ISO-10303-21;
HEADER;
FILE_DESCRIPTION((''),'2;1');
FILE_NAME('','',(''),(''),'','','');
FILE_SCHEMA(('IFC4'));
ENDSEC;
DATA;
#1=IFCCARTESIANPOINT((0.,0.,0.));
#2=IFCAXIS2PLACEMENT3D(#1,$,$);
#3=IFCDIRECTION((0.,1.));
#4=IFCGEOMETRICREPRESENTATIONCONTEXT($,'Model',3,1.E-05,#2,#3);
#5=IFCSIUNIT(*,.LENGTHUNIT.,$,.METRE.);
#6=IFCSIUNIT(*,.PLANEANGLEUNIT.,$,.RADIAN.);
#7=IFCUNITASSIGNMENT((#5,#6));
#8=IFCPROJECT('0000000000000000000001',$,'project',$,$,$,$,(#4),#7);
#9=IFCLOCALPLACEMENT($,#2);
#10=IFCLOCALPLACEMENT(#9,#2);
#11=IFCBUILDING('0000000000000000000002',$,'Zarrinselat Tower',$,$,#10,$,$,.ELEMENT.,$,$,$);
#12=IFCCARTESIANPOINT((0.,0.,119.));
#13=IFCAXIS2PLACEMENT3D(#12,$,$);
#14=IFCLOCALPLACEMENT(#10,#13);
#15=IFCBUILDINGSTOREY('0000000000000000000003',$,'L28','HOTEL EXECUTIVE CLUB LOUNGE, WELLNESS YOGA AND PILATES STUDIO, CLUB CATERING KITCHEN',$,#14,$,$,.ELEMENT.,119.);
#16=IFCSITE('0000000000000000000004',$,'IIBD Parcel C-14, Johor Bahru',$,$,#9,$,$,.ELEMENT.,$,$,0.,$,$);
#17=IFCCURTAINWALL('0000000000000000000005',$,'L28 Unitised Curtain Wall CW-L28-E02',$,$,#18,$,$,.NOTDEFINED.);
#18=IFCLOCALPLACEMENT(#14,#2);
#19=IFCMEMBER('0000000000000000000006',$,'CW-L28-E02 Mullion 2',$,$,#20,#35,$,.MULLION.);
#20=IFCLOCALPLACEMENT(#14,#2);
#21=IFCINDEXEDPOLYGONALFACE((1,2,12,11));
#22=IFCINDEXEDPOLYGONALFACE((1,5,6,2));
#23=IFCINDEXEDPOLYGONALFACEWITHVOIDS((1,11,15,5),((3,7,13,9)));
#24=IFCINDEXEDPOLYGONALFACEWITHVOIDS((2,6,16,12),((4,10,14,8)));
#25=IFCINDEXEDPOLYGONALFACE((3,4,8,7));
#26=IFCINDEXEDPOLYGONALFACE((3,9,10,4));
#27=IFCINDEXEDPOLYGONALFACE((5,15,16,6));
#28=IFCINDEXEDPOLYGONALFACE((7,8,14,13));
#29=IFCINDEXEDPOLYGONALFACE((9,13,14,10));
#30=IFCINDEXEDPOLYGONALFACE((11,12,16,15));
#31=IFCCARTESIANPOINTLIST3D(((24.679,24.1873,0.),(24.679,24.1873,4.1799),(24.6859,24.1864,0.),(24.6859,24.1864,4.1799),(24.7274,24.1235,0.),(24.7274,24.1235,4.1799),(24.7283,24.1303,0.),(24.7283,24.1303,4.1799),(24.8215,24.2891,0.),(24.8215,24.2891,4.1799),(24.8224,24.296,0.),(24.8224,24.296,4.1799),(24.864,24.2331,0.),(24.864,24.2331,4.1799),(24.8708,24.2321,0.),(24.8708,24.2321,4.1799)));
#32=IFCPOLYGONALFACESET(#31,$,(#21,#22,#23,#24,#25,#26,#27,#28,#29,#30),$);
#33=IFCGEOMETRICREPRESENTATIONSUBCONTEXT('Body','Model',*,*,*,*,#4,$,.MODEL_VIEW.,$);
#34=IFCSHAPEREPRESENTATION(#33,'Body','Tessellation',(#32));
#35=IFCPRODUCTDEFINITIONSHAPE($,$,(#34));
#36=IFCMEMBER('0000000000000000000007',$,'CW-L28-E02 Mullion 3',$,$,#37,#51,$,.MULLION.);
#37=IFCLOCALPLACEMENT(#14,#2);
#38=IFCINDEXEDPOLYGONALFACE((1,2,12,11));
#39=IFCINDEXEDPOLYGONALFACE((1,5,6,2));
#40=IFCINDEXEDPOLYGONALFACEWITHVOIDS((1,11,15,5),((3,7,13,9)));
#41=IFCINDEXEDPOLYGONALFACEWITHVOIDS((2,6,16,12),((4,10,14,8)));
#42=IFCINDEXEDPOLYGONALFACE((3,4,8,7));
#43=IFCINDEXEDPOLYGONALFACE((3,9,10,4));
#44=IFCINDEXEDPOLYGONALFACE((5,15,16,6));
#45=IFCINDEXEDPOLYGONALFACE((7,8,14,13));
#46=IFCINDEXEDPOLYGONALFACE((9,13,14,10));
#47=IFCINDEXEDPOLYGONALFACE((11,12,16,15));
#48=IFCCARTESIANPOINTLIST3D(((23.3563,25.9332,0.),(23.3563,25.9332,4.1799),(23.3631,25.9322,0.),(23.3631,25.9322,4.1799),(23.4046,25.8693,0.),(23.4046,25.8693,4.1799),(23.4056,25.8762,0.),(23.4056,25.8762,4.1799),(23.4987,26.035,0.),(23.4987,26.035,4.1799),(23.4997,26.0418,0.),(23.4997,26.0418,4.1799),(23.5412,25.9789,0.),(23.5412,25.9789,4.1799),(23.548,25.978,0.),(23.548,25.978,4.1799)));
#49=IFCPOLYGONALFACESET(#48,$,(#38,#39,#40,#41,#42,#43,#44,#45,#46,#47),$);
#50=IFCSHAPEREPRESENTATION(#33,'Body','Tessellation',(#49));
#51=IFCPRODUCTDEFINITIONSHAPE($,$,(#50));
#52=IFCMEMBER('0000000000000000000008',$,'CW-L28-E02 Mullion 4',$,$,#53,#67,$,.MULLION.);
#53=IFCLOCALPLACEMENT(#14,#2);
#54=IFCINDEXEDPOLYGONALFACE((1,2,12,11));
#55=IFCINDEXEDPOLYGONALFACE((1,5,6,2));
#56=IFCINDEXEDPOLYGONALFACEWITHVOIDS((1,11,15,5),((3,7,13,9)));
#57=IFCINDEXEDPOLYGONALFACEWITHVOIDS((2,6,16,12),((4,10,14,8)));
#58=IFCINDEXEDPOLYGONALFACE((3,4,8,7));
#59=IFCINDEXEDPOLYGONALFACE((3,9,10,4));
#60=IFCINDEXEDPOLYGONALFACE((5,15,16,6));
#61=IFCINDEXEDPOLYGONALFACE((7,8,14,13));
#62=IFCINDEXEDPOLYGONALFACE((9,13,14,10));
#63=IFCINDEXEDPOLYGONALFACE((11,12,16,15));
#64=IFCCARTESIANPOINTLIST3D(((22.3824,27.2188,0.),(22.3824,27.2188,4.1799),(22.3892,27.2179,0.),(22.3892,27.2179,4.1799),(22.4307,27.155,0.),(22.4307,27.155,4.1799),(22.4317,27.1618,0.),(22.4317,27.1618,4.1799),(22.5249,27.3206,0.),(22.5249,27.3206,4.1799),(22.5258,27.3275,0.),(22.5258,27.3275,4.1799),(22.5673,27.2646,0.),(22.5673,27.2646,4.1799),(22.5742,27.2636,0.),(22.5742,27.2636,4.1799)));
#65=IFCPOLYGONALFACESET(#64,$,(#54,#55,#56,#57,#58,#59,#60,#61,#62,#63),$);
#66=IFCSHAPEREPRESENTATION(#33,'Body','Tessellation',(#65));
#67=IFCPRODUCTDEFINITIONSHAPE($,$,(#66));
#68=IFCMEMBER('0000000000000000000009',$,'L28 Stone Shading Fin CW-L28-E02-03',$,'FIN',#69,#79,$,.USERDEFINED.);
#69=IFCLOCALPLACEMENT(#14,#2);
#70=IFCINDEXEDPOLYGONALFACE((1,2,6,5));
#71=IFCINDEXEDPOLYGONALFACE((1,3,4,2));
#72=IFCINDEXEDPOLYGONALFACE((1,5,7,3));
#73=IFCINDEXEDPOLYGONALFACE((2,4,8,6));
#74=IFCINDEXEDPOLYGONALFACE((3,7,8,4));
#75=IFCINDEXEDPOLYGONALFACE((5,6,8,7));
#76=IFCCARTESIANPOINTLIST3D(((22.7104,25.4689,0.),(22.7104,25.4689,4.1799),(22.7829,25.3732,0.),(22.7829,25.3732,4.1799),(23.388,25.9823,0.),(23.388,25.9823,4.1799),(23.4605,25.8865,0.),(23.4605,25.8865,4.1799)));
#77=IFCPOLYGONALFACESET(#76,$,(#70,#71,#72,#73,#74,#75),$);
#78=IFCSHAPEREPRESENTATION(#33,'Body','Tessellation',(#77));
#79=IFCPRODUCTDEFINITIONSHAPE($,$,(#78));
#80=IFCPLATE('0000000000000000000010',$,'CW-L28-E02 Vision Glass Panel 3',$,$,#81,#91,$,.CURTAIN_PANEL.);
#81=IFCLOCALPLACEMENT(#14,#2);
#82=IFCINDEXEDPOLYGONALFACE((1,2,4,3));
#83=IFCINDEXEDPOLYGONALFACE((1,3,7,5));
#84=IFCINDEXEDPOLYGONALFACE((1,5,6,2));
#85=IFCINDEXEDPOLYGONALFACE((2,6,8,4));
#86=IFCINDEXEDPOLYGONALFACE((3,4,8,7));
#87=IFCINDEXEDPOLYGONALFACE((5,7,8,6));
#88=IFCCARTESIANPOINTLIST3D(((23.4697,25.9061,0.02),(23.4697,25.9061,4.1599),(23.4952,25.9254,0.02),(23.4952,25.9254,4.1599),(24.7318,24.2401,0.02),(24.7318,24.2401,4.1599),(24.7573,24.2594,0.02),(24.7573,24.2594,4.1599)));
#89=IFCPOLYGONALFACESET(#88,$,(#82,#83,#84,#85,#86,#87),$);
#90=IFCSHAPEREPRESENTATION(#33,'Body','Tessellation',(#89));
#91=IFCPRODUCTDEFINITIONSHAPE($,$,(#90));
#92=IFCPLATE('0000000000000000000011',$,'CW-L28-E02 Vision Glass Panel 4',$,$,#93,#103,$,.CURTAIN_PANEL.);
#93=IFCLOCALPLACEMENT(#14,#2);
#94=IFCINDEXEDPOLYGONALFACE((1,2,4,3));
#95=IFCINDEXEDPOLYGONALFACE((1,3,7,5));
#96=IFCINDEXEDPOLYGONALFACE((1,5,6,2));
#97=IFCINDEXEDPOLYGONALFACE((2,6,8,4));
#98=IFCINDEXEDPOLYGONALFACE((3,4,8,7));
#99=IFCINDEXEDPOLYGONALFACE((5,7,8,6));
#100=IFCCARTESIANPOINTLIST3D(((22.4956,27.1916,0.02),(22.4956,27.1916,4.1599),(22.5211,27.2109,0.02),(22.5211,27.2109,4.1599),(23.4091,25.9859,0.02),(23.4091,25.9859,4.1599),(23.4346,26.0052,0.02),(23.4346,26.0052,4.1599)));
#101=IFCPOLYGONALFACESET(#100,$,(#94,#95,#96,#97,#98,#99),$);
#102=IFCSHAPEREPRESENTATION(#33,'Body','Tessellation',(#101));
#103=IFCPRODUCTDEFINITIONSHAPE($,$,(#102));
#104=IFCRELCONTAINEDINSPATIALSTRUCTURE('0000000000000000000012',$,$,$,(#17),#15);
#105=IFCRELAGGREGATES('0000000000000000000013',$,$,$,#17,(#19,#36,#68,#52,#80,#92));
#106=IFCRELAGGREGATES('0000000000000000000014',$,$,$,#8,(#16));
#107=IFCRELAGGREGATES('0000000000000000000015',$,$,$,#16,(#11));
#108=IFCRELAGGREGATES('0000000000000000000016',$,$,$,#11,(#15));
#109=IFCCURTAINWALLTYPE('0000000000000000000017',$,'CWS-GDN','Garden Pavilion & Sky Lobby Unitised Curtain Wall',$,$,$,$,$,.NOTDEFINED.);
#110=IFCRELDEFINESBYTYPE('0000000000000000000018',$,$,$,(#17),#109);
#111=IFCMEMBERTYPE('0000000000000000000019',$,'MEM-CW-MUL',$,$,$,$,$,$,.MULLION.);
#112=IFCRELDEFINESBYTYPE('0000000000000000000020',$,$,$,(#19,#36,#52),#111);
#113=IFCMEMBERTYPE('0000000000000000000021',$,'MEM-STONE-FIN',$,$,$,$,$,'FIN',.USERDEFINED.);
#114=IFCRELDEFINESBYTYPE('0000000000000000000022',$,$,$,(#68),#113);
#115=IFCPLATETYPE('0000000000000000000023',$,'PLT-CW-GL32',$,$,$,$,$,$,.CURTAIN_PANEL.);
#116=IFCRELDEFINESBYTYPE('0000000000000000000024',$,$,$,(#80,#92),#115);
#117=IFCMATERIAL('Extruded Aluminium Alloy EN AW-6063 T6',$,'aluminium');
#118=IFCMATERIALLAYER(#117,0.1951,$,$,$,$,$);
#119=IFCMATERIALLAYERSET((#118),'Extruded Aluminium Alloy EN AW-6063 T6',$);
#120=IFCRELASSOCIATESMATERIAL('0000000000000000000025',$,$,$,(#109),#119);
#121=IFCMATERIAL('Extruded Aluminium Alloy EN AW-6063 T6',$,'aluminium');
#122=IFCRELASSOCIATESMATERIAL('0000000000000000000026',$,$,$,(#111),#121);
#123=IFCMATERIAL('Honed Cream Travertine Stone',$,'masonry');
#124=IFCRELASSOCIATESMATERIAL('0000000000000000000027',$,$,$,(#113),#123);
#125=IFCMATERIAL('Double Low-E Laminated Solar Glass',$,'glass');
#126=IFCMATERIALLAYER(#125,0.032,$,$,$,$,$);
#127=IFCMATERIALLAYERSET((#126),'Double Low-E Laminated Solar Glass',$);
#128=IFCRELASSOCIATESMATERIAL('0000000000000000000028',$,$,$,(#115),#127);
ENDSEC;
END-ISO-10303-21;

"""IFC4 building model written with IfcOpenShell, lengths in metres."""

from ifc_helpers import new_model, si_unit, direction, frame, origin, origin_2d, place, context, subcontext, project, spatial, rectangle, hollow_rectangle, extrude, material, layer, layer_set, material_profile, profile_set, type_object, element, aggregate, save


model = new_model("IFC4")

# Units and contexts
model_context = context("Model", 3, precision=1e-05, world=origin(), true_north=direction((0.0, 1.0)))
body_context = subcontext(model_context, "Body", "Model", "MODEL_VIEW")
ifc_project = project(units=[si_unit("LENGTHUNIT", "METRE"), si_unit("PLANEANGLEUNIT", "RADIAN")], contexts=[model_context])

# Site, building, storey
site_placement = place(None, origin())
site = spatial("IfcSite", under=ifc_project, at=site_placement, Name="IIBD Parcel C-14, Johor Bahru", CompositionType="ELEMENT", RefElevation=0.0)
building_placement = place(site_placement, origin())
building = spatial("IfcBuilding", under=site, at=building_placement, Name="Zarrinselat Tower", CompositionType="ELEMENT")
storey_placement = place(building_placement, frame((0.0, 0.0, 119.0)))
storey = spatial("IfcBuildingStorey", under=building, at=storey_placement, Name="L28", Description="HOTEL EXECUTIVE CLUB LOUNGE, WELLNESS YOGA AND PILATES STUDIO, CLUB CATERING KITCHEN", CompositionType="ELEMENT", Elevation=119.0)

# Curtain wall, members, plates
ifc_material_1 = material(Name="Extruded Aluminium Alloy EN AW-6063 T6", Category="aluminium")
ifc_layer_1 = layer(ifc_material_1, 0.1951)
ifc_layer_set_1 = layer_set([ifc_layer_1], Name="Extruded Aluminium Alloy EN AW-6063 T6")
curtain_wall_type = type_object("IfcCurtainWallType", Name="CWS-GDN", Description="Garden Pavilion & Sky Lobby Unitised Curtain Wall", PredefinedType="NOTDEFINED", material=ifc_layer_set_1)
curtain_wall_placement = place(storey_placement, origin())
curtain_wall = element("IfcCurtainWall", 1, at=curtain_wall_placement, inside=storey, type_object=curtain_wall_type, Name="L28 Unitised Curtain Wall CW-L28-E02", PredefinedType="NOTDEFINED")
ifc_material_2 = material(Name="Extruded Aluminium Alloy EN AW-6063 T6", Category="aluminium")
ifc_material_profile_1 = material_profile(ifc_material_2, hollow_rectangle(XDim=0.0801, YDim=0.1799, WallThickness=0.0049, at=origin_2d()), Name="RHS 180x80x5")
ifc_profile_set_1 = profile_set([ifc_material_profile_1], Name="Extruded Aluminium Alloy EN AW-6063 T6")
member_type_1 = type_object("IfcMemberType", Name="MEM-CW-MUL", PredefinedType="MULLION", material=ifc_profile_set_1)
member_1_placement = place(storey_placement, frame((24.7749, 24.2097, 0.0), z_axis=(0.0, 0.0, 1.0), x_axis=(-0.603858, 0.797092, 0.0)))
member_1 = element("IfcMember", 2, at=member_1_placement, type_object=member_type_1, Name="CW-L28-E02 Mullion 2", PredefinedType="MULLION", context=body_context, shape_type="SweptSolid", body=[
    extrude(hollow_rectangle(XDim=0.0801, YDim=0.1799, WallThickness=0.0049, at=origin_2d()), origin(), (0.0, 0.0, 1.0), 4.1799),
])
member_2_placement = place(storey_placement, frame((23.4521, 25.9556, 0.0), z_axis=(0.0, 0.0, 1.0), x_axis=(-0.603858, 0.797092, 0.0)))
member_2 = element("IfcMember", 3, at=member_2_placement, type_object=member_type_1, Name="CW-L28-E02 Mullion 3", PredefinedType="MULLION", context=body_context, shape_type="SweptSolid", body=[
    extrude(hollow_rectangle(XDim=0.0801, YDim=0.1799, WallThickness=0.0049, at=origin_2d()), origin(), (0.0, 0.0, 1.0), 4.1799),
])
member_3_placement = place(storey_placement, frame((22.4783, 27.2412, 0.0), z_axis=(0.0, 0.0, 1.0), x_axis=(-0.603858, 0.797092, 0.0)))
member_3 = element("IfcMember", 4, at=member_3_placement, type_object=member_type_1, Name="CW-L28-E02 Mullion 4", PredefinedType="MULLION", context=body_context, shape_type="SweptSolid", body=[
    extrude(hollow_rectangle(XDim=0.0801, YDim=0.1799, WallThickness=0.0049, at=origin_2d()), origin(), (0.0, 0.0, 1.0), 4.1799),
])
ifc_material_3 = material(Name="Honed Cream Travertine Stone", Category="masonry")
ifc_material_profile_2 = material_profile(ifc_material_3, rectangle(XDim=0.1201, YDim=0.8501, at=origin_2d()), Name="FIN 850x120")
ifc_profile_set_2 = profile_set([ifc_material_profile_2], Name="Honed Cream Travertine Stone")
member_type_2 = type_object("IfcMemberType", Name="MEM-STONE-FIN", ElementType="FIN", PredefinedType="USERDEFINED", material=ifc_profile_set_2)
member_4_placement = place(storey_placement, frame((23.0854, 25.6777, 0.0), z_axis=(0.0, 0.0, 1.0), x_axis=(-0.603858, 0.797092, 0.0)))
member_4 = element("IfcMember", 5, at=member_4_placement, type_object=member_type_2, Name="L28 Stone Shading Fin CW-L28-E02-03", ObjectType="FIN", PredefinedType="USERDEFINED", context=body_context, shape_type="SweptSolid", body=[
    extrude(rectangle(XDim=0.1201, YDim=0.8501, at=origin_2d()), origin(), (0.0, 0.0, 1.0), 4.1799),
])
ifc_material_4 = material(Name="Double Low-E Laminated Solar Glass", Category="glass")
ifc_layer_2 = layer(ifc_material_4, 0.032)
ifc_layer_set_2 = layer_set([ifc_layer_2], Name="Double Low-E Laminated Solar Glass")
plate_type = type_object("IfcPlateType", Name="PLT-CW-GL32", PredefinedType="CURTAIN_PANEL", material=ifc_layer_set_2)
plate_1_placement = place(storey_placement, frame((24.1135, 25.0828, 0.02), z_axis=(0.0, 0.0, 1.0), x_axis=(-0.603858, 0.797092, 0.0)))
plate_1 = element("IfcPlate", 6, at=plate_1_placement, type_object=plate_type, Name="CW-L28-E02 Vision Glass Panel 3", PredefinedType="CURTAIN_PANEL", context=body_context, shape_type="SweptSolid", body=[
    extrude(rectangle(XDim=2.0901, YDim=0.032, at=origin_2d()), origin(), (0.0, 0.0, 1.0), 4.1399),
])
plate_2_placement = place(storey_placement, frame((22.9651, 26.5984, 0.02), z_axis=(0.0, 0.0, 1.0), x_axis=(-0.603858, 0.797092, 0.0)))
plate_2 = element("IfcPlate", 7, at=plate_2_placement, type_object=plate_type, Name="CW-L28-E02 Vision Glass Panel 4", PredefinedType="CURTAIN_PANEL", context=body_context, shape_type="SweptSolid", body=[
    extrude(rectangle(XDim=1.5127, YDim=0.032, at=origin_2d()), origin(), (0.0, 0.0, 1.0), 4.1399),
])
aggregate(curtain_wall, [member_1, member_2, member_4, member_3, plate_1, plate_2])

save(model, "model.ifc")
